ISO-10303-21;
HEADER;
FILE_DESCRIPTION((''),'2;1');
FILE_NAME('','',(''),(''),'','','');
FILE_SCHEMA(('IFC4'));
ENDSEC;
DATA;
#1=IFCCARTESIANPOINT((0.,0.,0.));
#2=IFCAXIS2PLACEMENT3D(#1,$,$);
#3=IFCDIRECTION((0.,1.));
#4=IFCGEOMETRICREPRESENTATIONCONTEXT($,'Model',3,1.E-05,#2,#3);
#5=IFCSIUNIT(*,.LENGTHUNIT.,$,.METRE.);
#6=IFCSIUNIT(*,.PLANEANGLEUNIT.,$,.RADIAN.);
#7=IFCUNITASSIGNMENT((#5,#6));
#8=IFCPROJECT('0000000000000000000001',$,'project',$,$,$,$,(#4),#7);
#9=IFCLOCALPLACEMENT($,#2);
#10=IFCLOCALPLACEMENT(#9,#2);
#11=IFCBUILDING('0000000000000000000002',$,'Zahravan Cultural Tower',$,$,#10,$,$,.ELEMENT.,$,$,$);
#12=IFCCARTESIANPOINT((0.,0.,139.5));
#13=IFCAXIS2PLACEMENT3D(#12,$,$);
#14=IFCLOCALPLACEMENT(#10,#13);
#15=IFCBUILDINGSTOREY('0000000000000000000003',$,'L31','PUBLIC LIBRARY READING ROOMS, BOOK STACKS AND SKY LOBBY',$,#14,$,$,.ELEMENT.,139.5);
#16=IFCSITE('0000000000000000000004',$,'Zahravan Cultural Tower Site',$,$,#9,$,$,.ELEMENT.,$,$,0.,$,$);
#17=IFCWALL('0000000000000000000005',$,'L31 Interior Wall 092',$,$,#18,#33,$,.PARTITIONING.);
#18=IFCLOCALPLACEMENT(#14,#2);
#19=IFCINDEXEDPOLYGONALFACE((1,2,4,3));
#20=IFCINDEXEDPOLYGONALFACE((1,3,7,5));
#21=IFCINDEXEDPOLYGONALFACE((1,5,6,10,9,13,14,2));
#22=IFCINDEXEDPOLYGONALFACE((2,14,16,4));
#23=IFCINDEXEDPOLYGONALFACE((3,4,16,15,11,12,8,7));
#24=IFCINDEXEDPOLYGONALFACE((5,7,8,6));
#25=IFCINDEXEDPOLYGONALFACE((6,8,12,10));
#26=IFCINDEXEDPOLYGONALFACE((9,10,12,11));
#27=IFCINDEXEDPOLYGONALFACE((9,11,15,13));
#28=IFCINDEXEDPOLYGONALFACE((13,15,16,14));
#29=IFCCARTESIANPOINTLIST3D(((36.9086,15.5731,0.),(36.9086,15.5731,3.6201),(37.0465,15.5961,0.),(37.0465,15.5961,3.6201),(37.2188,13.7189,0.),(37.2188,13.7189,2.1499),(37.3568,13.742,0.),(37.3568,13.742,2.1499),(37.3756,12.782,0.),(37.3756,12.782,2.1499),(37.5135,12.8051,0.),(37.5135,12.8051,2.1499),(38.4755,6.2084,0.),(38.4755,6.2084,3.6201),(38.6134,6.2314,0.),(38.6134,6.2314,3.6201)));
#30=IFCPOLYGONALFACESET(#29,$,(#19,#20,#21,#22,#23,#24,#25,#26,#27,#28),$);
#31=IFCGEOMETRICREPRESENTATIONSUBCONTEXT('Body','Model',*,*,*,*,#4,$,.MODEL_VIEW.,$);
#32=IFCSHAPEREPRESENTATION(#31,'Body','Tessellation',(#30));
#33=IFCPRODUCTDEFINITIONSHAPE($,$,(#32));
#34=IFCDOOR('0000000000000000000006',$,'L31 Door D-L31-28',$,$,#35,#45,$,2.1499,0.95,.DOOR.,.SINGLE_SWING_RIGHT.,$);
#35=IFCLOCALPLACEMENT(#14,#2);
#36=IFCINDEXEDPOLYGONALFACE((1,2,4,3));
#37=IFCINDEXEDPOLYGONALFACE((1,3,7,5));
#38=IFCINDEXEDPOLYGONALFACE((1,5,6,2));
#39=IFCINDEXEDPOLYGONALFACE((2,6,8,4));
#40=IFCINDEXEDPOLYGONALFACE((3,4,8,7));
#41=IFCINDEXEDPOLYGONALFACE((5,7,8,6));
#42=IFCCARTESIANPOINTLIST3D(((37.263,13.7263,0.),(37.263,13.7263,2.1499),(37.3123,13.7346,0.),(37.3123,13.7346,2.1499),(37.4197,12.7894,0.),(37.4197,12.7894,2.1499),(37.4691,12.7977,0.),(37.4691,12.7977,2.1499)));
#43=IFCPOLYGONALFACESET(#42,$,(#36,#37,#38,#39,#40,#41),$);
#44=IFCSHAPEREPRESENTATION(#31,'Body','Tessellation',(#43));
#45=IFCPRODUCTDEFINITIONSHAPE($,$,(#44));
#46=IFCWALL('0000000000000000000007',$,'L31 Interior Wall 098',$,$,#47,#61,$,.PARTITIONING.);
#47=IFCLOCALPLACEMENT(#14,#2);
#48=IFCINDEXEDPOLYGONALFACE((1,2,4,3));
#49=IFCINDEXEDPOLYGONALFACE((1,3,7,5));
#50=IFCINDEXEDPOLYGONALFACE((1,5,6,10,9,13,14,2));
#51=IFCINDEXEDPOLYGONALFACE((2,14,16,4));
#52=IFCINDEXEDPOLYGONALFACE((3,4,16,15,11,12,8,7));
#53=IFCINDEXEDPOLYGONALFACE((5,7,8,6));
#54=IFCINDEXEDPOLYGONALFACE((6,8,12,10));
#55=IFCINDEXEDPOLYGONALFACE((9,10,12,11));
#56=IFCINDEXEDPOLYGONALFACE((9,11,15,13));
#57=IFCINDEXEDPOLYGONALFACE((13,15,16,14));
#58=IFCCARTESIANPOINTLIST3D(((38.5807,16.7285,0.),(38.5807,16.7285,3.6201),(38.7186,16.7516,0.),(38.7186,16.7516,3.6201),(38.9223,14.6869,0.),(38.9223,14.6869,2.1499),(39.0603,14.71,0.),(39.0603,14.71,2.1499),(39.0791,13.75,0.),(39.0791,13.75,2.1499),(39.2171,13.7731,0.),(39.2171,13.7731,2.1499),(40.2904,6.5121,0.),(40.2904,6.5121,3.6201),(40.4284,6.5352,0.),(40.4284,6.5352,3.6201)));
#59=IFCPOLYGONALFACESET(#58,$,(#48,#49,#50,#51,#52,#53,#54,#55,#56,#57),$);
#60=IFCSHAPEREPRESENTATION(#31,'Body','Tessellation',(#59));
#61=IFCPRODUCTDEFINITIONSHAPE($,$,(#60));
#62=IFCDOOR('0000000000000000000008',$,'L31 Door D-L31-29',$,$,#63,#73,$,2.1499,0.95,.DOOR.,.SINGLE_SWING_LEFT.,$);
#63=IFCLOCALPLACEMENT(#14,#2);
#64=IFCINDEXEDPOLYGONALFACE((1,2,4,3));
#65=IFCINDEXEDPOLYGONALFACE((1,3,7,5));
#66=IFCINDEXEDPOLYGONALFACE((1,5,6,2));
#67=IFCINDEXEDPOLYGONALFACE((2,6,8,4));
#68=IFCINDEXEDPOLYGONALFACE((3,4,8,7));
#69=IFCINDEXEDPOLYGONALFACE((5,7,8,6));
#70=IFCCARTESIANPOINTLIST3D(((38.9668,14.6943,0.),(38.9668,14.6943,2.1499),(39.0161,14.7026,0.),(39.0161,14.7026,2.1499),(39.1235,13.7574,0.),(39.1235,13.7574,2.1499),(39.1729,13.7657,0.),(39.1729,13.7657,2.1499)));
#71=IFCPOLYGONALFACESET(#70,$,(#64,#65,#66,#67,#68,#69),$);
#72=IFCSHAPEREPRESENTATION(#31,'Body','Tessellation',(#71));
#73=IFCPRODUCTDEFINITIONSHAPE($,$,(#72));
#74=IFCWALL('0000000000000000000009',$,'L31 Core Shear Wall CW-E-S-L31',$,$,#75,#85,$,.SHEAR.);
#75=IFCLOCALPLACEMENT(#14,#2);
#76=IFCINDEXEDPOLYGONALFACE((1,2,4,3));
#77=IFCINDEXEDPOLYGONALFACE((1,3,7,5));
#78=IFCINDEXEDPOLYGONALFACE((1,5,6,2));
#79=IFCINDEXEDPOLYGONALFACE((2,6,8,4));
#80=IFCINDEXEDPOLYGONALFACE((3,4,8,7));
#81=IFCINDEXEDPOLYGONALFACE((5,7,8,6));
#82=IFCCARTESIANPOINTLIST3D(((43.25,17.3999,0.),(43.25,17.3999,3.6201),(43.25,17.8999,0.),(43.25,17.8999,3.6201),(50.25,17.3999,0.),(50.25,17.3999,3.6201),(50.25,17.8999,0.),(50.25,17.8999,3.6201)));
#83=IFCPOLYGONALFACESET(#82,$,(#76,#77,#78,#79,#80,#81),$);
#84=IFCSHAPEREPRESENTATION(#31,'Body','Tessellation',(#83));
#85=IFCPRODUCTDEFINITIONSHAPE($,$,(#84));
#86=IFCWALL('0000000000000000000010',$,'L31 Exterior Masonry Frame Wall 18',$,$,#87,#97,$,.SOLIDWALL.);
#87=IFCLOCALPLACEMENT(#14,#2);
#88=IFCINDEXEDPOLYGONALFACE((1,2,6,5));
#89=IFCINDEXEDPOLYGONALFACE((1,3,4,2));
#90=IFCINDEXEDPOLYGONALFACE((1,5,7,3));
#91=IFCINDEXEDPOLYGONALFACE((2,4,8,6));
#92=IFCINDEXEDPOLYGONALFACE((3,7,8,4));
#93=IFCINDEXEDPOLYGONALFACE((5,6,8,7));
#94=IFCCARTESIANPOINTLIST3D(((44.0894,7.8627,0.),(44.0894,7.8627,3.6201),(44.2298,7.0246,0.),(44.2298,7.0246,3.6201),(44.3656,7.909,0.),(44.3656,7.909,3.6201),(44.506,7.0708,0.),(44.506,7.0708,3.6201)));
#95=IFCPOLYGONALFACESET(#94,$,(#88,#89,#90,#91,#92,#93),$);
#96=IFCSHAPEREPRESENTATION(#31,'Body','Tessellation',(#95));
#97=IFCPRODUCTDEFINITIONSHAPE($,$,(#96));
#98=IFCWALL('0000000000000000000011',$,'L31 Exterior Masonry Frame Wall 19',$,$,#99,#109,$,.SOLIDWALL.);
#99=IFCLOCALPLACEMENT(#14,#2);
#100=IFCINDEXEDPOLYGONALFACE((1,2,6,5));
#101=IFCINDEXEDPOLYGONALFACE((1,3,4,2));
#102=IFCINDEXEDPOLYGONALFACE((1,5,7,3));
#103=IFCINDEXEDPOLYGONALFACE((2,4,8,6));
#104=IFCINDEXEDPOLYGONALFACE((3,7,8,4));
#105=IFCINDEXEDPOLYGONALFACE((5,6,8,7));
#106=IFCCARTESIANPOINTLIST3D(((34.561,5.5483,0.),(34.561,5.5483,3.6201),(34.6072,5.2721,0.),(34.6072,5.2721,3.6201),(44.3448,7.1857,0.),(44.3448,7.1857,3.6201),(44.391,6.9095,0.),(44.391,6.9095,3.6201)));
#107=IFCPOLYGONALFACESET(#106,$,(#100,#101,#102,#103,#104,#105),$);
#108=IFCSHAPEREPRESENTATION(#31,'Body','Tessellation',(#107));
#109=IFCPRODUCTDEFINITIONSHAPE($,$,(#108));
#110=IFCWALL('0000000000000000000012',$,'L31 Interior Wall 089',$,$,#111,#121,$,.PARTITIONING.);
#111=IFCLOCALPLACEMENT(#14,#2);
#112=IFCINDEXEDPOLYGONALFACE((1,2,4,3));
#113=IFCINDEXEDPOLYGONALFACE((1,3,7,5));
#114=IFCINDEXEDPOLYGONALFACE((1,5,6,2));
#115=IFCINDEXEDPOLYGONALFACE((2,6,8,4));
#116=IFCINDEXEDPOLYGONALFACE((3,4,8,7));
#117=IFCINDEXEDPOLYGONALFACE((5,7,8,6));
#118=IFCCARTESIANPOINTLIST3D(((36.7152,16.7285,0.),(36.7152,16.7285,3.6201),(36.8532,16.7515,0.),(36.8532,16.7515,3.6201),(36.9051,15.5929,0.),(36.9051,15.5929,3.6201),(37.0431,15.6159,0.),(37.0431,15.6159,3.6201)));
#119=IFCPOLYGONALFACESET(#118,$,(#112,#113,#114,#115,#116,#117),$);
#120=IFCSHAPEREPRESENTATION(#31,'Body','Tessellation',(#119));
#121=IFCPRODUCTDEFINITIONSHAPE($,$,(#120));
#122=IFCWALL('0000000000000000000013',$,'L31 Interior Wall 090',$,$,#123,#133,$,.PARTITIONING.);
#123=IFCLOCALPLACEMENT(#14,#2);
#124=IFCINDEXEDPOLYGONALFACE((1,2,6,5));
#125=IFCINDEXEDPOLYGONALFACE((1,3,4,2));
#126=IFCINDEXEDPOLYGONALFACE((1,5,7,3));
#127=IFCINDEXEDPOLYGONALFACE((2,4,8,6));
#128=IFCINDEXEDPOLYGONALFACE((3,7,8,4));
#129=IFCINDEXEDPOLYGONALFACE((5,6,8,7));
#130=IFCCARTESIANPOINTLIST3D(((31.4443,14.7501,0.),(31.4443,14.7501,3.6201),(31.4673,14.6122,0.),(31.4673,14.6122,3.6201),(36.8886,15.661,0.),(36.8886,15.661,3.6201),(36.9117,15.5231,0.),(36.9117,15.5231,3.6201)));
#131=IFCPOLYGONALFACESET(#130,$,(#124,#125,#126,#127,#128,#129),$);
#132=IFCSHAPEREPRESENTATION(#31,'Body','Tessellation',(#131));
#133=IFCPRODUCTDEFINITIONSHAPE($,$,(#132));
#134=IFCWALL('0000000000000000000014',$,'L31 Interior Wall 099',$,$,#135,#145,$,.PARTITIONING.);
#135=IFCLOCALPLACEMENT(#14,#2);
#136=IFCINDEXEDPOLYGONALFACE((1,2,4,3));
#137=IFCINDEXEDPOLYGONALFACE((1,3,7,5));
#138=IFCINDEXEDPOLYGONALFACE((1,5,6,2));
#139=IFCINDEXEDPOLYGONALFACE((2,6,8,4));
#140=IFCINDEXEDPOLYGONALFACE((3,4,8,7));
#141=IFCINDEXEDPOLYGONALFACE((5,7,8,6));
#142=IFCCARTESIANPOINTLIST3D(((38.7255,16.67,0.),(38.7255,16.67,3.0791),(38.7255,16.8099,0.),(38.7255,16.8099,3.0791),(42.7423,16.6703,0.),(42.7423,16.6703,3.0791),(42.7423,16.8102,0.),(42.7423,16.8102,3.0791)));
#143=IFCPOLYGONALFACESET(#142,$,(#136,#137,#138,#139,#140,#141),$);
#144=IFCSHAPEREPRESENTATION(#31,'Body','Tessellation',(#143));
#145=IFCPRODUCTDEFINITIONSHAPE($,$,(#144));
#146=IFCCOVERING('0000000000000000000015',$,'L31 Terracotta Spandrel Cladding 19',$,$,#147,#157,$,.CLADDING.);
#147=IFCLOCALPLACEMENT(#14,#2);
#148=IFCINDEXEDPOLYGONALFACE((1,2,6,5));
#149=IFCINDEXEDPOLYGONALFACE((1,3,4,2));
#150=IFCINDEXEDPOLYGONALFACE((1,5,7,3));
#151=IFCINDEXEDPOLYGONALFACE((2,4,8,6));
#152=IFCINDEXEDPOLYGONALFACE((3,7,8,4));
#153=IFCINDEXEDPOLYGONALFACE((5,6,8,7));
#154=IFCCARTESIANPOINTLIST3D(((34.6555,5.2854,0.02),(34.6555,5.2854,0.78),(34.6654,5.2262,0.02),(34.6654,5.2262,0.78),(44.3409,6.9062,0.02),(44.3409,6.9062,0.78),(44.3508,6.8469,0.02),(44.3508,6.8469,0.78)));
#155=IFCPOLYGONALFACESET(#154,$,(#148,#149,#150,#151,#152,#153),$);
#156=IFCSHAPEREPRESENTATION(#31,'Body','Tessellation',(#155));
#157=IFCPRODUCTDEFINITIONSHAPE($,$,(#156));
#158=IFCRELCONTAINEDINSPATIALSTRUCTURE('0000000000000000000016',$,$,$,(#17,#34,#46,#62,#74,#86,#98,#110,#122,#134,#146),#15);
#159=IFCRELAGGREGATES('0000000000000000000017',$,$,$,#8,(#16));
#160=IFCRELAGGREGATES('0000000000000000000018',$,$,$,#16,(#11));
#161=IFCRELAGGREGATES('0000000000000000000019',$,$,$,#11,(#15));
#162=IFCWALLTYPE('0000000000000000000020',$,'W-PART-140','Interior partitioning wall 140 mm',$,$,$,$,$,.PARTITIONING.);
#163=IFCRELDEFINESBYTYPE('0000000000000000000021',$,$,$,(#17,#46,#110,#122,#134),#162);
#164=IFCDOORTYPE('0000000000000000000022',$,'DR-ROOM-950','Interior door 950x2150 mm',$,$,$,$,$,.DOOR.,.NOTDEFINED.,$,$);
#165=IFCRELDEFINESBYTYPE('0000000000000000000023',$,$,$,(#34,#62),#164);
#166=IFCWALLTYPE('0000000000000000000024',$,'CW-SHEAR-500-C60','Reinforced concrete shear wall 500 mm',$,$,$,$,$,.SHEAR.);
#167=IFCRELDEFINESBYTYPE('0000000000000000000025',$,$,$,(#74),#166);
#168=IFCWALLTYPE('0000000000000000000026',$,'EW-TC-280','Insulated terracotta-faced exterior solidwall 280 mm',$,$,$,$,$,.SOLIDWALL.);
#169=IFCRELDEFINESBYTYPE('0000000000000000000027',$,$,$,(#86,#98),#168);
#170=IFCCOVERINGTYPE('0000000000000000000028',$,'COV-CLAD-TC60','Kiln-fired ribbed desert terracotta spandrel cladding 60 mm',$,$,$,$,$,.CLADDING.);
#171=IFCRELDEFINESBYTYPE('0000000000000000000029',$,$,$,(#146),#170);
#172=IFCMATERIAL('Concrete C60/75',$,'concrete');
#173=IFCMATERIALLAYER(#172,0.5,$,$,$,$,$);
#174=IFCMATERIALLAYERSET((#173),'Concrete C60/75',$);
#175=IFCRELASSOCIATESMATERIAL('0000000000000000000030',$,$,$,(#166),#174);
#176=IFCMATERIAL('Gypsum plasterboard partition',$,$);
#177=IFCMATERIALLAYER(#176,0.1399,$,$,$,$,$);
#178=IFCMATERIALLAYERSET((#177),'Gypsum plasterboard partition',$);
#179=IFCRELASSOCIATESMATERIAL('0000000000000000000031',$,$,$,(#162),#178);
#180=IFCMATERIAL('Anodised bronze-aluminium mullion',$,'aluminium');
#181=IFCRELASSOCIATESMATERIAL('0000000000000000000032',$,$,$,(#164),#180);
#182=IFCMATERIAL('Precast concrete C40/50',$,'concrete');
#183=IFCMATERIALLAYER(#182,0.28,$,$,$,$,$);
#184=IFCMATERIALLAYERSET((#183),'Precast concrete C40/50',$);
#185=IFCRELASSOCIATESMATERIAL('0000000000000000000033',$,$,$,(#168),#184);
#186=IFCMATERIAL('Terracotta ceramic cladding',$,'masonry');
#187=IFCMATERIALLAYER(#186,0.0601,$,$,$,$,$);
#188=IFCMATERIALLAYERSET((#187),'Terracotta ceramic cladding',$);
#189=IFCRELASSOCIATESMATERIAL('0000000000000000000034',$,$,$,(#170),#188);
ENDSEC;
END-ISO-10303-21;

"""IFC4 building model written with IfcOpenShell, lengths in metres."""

from ifc_helpers import new_model, si_unit, direction, frame, frame_2d, origin, origin_2d, place, context, subcontext, project, spatial, rectangle, extrude, source, transform, mapped, material, layer, layer_set, type_object, element, fill, save


model = new_model("IFC4")

# Units and contexts
model_context = context("Model", 3, precision=1e-05, world=origin(), true_north=direction((0.0, 1.0)))
body_context = subcontext(model_context, "Body", "Model", "MODEL_VIEW")
ifc_project = project(units=[si_unit("LENGTHUNIT", "METRE"), si_unit("PLANEANGLEUNIT", "RADIAN")], contexts=[model_context])

# Site, building, storey
site_placement = place(None, origin())
site = spatial("IfcSite", under=ifc_project, at=site_placement, Name="Zahravan Cultural Tower Site", CompositionType="ELEMENT", RefElevation=0.0)
building_placement = place(site_placement, origin())
building = spatial("IfcBuilding", under=site, at=building_placement, Name="Zahravan Cultural Tower", CompositionType="ELEMENT")
storey_placement = place(building_placement, frame((0.0, 0.0, 139.5)))
storey = spatial("IfcBuildingStorey", under=building, at=storey_placement, Name="L31", Description="PUBLIC LIBRARY READING ROOMS, BOOK STACKS AND SKY LOBBY", CompositionType="ELEMENT", Elevation=139.5)

# Shared definitions
ifc_material_1 = material(Name="Concrete C60/75", Category="concrete")
ifc_layer_1 = layer(ifc_material_1, 0.5)
ifc_layer_set_1 = layer_set([ifc_layer_1], Name="Concrete C60/75")
wall_type_1 = type_object("IfcWallType", Name="CW-SHEAR-500-C60", Description="Reinforced concrete shear wall 500 mm", PredefinedType="SHEAR", material=ifc_layer_set_1)

# Walls, openings, doors
ifc_material_2 = material(Name="Gypsum plasterboard partition")
ifc_layer_2 = layer(ifc_material_2, 0.1399)
ifc_layer_set_2 = layer_set([ifc_layer_2], Name="Gypsum plasterboard partition")
wall_type_2 = type_object("IfcWallType", Name="W-PART-140", Description="Interior partitioning wall 140 mm", PredefinedType="PARTITIONING", material=ifc_layer_set_2)
wall_1_placement = place(storey_placement, frame((36.9775, 15.5847, 0.0), z_axis=(0.0, 0.0, 1.0), x_axis=(0.165024, -0.986289, 0.0)))
wall_1 = element("IfcWall", 1, at=wall_1_placement, inside=storey, type_object=wall_type_2, Name="L31 Interior Wall 092", PredefinedType="PARTITIONING", context=body_context, shape_type="SweptSolid", body=[
    extrude(rectangle(XDim=9.4949, YDim=0.1399, at=frame_2d((4.7476, 0.0))), origin(), (0.0, 0.0, 1.0), 3.6201),
])
opening_1_placement = place(wall_1_placement, frame((1.8799, 0.0, 0.0)))
opening_1 = element("IfcOpeningElement", 2, at=opening_1_placement, cuts=wall_1, PredefinedType="OPENING", context=body_context, shape_type="SweptSolid", body=[
    extrude(rectangle(XDim=0.95, YDim=2.1499, at=frame_2d((0.4751, 1.075))), frame((0.0, 0.0798, 0.0), z_axis=(0.0, -1.0, 0.0), x_axis=(1.0, 0.0, 0.0)), (0.0, 0.0, 1.0), 0.1599),
])
ifc_material_3 = material(Name="Anodised bronze-aluminium mullion", Category="aluminium")
door_type_1 = type_object("IfcDoorType", Name="DR-ROOM-950", Description="Interior door 950x2150 mm", OperationType="NOTDEFINED", PredefinedType="DOOR", material=ifc_material_3)
shared_shape_1 = source(origin(), body_context, "Body", "SweptSolid", [
    extrude(rectangle(XDim=0.95, YDim=2.1499, at=frame_2d((0.4751, 1.075))), frame((0.0, 0.0249, 0.0), z_axis=(0.0, -1.0, 0.0), x_axis=(1.0, 0.0, 0.0)), (0.0, 0.0, 1.0), 0.05),
])
door_1_placement = place(opening_1_placement, origin())
door_1 = element("IfcDoor", 3, at=door_1_placement, inside=storey, type_object=door_type_1, Name="L31 Door D-L31-28", OperationType="SINGLE_SWING_RIGHT", OverallHeight=2.1499, OverallWidth=0.95, PredefinedType="DOOR", context=body_context, shape_type="MappedRepresentation", body=[
    mapped(shared_shape_1, transform((0.0, 0.0, 0.0), x_axis=(1.0, 0.0, 0.0), y_axis=(0.0, 1.0, 0.0), z_axis=(0.0, 0.0, 1.0), scale=1.0)),
])
fill(opening_1, door_1)
wall_2_placement = place(storey_placement, frame((40.3594, 6.5237, 0.0), z_axis=(0.0, 0.0, 1.0), x_axis=(-0.165056, 0.986284, 0.0)))
wall_2 = element("IfcWall", 4, at=wall_2_placement, inside=storey, type_object=wall_type_2, Name="L31 Interior Wall 098", PredefinedType="PARTITIONING", context=body_context, shape_type="SweptSolid", body=[
    extrude(rectangle(XDim=10.3584, YDim=0.1399, at=frame_2d((5.1792, 0.0))), origin(), (0.0, 0.0, 1.0), 3.6201),
])
opening_2_placement = place(wall_2_placement, frame((7.3384, 0.0, 0.0)))
opening_2 = element("IfcOpeningElement", 5, at=opening_2_placement, cuts=wall_2, PredefinedType="OPENING", context=body_context, shape_type="SweptSolid", body=[
    extrude(rectangle(XDim=0.95, YDim=2.1499, at=frame_2d((0.4751, 1.075))), frame((0.0, 0.0798, 0.0), z_axis=(0.0, -1.0, 0.0), x_axis=(1.0, 0.0, 0.0)), (0.0, 0.0, 1.0), 0.1599),
])
door_2_placement = place(opening_2_placement, origin())
door_2 = element("IfcDoor", 6, at=door_2_placement, inside=storey, type_object=door_type_1, Name="L31 Door D-L31-29", OperationType="SINGLE_SWING_LEFT", OverallHeight=2.1499, OverallWidth=0.95, PredefinedType="DOOR", context=body_context, shape_type="MappedRepresentation", body=[
    mapped(shared_shape_1, transform((0.0, 0.0, 0.0), x_axis=(1.0, 0.0, 0.0), y_axis=(0.0, 1.0, 0.0), z_axis=(0.0, 0.0, 1.0), scale=1.0)),
])
fill(opening_2, door_2)

# Walls
shared_shape_2 = source(origin(), body_context, "Body", "SweptSolid", [
    extrude(rectangle(XDim=7.0, YDim=0.5, at=frame_2d((3.5, 0.0))), origin(), (0.0, 0.0, 1.0), 3.6201),
])
wall_3_placement = place(storey_placement, frame((43.25, 17.6499, 0.0), z_axis=(0.0, 0.0, 1.0), x_axis=(1.0, 0.0, 0.0)))
element("IfcWall", 7, at=wall_3_placement, inside=storey, type_object=wall_type_1, Name="L31 Core Shear Wall CW-E-S-L31", PredefinedType="SHEAR", context=body_context, shape_type="MappedRepresentation", body=[
    mapped(shared_shape_2, transform((0.0, 0.0, 0.0), x_axis=(1.0, 0.0, 0.0), y_axis=(0.0, 1.0, 0.0), z_axis=(0.0, 0.0, 1.0), scale=1.0)),
])
ifc_material_4 = material(Name="Precast concrete C40/50", Category="concrete")
ifc_layer_3 = layer(ifc_material_4, 0.28)
ifc_layer_set_3 = layer_set([ifc_layer_3], Name="Precast concrete C40/50")
wall_type_3 = type_object("IfcWallType", Name="EW-TC-280", Description="Insulated terracotta-faced exterior solidwall 280 mm", PredefinedType="SOLIDWALL", material=ifc_layer_set_3)
shared_shape_3 = source(origin(), body_context, "Body", "SweptSolid", [
    extrude(rectangle(XDim=0.8499, YDim=0.28, at=frame_2d((0.4248, 0.0))), origin(), (0.0, 0.0, 1.0), 3.6201),
])
wall_4_placement = place(storey_placement, frame((44.2275, 7.8857, 0.0), z_axis=(0.0, 0.0, 1.0), x_axis=(0.165191, -0.986262, 0.0)))
element("IfcWall", 8, at=wall_4_placement, inside=storey, type_object=wall_type_3, Name="L31 Exterior Masonry Frame Wall 18", PredefinedType="SOLIDWALL", context=body_context, shape_type="MappedRepresentation", body=[
    mapped(shared_shape_3, transform((0.0, 0.0, 0.0), x_axis=(1.0, 0.0, 0.0), y_axis=(0.0, 1.0, 0.0), z_axis=(0.0, 0.0, 1.0), scale=1.0)),
])
shared_shape_4 = source(origin(), body_context, "Body", "SweptSolid", [
    extrude(rectangle(XDim=9.9199, YDim=0.28, at=frame_2d((4.96, 0.0))), origin(), (0.0, 0.0, 1.0), 3.6201),
])
wall_5_placement = place(storey_placement, frame((44.3679, 7.0476, 0.0), z_axis=(0.0, 0.0, 1.0), x_axis=(-0.986283, -0.165065, 0.0)))
element("IfcWall", 9, at=wall_5_placement, inside=storey, type_object=wall_type_3, Name="L31 Exterior Masonry Frame Wall 19", PredefinedType="SOLIDWALL", context=body_context, shape_type="MappedRepresentation", body=[
    mapped(shared_shape_4, transform((0.0, 0.0, 0.0), x_axis=(1.0, 0.0, 0.0), y_axis=(0.0, 1.0, 0.0), z_axis=(0.0, 0.0, 1.0), scale=1.0)),
])
shared_shape_5 = source(origin(), body_context, "Body", "SweptSolid", [
    extrude(rectangle(XDim=1.1514, YDim=0.1399, at=frame_2d((0.5757, 0.0))), origin(), (0.0, 0.0, 1.0), 3.6201),
])
wall_6_placement = place(storey_placement, frame((36.7842, 16.74, 0.0), z_axis=(0.0, 0.0, 1.0), x_axis=(0.164984, -0.986296, 0.0)))
element("IfcWall", 10, at=wall_6_placement, inside=storey, type_object=wall_type_2, Name="L31 Interior Wall 089", PredefinedType="PARTITIONING", context=body_context, shape_type="MappedRepresentation", body=[
    mapped(shared_shape_5, transform((0.0, 0.0, 0.0), x_axis=(1.0, 0.0, 0.0), y_axis=(0.0, 1.0, 0.0), z_axis=(0.0, 0.0, 1.0), scale=1.0)),
])
shared_shape_6 = source(origin(), body_context, "Body", "SweptSolid", [
    extrude(rectangle(XDim=5.52, YDim=0.1399, at=frame_2d((2.76, 0.0))), origin(), (0.0, 0.0, 1.0), 3.6201),
])
wall_7_placement = place(storey_placement, frame((36.9001, 15.592, 0.0), z_axis=(0.0, 0.0, 1.0), x_axis=(-0.986291, -0.165016, 0.0)))
element("IfcWall", 11, at=wall_7_placement, inside=storey, type_object=wall_type_2, Name="L31 Interior Wall 090", PredefinedType="PARTITIONING", context=body_context, shape_type="MappedRepresentation", body=[
    mapped(shared_shape_6, transform((0.0, 0.0, 0.0), x_axis=(1.0, 0.0, 0.0), y_axis=(0.0, 1.0, 0.0), z_axis=(0.0, 0.0, 1.0), scale=1.0)),
])
shared_shape_7 = source(origin(), body_context, "Body", "SweptSolid", [
    extrude(rectangle(XDim=4.0168, YDim=0.1399, at=frame_2d((2.0083, 0.0))), origin(), (0.0, 0.0, 1.0), 3.0791),
])
wall_8_placement = place(storey_placement, frame((38.7256, 16.74, 0.0), z_axis=(0.0, 0.0, 1.0), x_axis=(1.0, 0.000061, 0.0)))
element("IfcWall", 12, at=wall_8_placement, inside=storey, type_object=wall_type_2, Name="L31 Interior Wall 099", PredefinedType="PARTITIONING", context=body_context, shape_type="MappedRepresentation", body=[
    mapped(shared_shape_7, transform((0.0, 0.0, 0.0), x_axis=(1.0, 0.0, 0.0), y_axis=(0.0, 1.0, 0.0), z_axis=(0.0, 0.0, 1.0), scale=1.0)),
])

# Covering
ifc_material_5 = material(Name="Terracotta ceramic cladding", Category="masonry")
ifc_layer_4 = layer(ifc_material_5, 0.0601)
ifc_layer_set_4 = layer_set([ifc_layer_4], Name="Terracotta ceramic cladding")
covering_type = type_object("IfcCoveringType", Name="COV-CLAD-TC60", Description="Kiln-fired ribbed desert terracotta spandrel cladding 60 mm", PredefinedType="CLADDING", material=ifc_layer_set_4)
shared_shape_8 = source(origin(), body_context, "Body", "SweptSolid", [
    extrude(rectangle(XDim=9.8201, YDim=0.0601, at=origin_2d()), origin(), (0.0, 0.0, 1.0), 0.76),
])
covering_placement = place(storey_placement, frame((39.5032, 6.0662, 0.02), z_axis=(0.0, 0.0, 1.0), x_axis=(-0.986286, -0.165048, 0.0)))
element("IfcCovering", 13, at=covering_placement, inside=storey, type_object=covering_type, Name="L31 Terracotta Spandrel Cladding 19", PredefinedType="CLADDING", context=body_context, shape_type="MappedRepresentation", body=[
    mapped(shared_shape_8, transform((0.0, 0.0, 0.0), x_axis=(1.0, 0.0, 0.0), y_axis=(0.0, 1.0, 0.0), z_axis=(0.0, 0.0, 1.0), scale=1.0)),
])

save(model, "model.ifc")
